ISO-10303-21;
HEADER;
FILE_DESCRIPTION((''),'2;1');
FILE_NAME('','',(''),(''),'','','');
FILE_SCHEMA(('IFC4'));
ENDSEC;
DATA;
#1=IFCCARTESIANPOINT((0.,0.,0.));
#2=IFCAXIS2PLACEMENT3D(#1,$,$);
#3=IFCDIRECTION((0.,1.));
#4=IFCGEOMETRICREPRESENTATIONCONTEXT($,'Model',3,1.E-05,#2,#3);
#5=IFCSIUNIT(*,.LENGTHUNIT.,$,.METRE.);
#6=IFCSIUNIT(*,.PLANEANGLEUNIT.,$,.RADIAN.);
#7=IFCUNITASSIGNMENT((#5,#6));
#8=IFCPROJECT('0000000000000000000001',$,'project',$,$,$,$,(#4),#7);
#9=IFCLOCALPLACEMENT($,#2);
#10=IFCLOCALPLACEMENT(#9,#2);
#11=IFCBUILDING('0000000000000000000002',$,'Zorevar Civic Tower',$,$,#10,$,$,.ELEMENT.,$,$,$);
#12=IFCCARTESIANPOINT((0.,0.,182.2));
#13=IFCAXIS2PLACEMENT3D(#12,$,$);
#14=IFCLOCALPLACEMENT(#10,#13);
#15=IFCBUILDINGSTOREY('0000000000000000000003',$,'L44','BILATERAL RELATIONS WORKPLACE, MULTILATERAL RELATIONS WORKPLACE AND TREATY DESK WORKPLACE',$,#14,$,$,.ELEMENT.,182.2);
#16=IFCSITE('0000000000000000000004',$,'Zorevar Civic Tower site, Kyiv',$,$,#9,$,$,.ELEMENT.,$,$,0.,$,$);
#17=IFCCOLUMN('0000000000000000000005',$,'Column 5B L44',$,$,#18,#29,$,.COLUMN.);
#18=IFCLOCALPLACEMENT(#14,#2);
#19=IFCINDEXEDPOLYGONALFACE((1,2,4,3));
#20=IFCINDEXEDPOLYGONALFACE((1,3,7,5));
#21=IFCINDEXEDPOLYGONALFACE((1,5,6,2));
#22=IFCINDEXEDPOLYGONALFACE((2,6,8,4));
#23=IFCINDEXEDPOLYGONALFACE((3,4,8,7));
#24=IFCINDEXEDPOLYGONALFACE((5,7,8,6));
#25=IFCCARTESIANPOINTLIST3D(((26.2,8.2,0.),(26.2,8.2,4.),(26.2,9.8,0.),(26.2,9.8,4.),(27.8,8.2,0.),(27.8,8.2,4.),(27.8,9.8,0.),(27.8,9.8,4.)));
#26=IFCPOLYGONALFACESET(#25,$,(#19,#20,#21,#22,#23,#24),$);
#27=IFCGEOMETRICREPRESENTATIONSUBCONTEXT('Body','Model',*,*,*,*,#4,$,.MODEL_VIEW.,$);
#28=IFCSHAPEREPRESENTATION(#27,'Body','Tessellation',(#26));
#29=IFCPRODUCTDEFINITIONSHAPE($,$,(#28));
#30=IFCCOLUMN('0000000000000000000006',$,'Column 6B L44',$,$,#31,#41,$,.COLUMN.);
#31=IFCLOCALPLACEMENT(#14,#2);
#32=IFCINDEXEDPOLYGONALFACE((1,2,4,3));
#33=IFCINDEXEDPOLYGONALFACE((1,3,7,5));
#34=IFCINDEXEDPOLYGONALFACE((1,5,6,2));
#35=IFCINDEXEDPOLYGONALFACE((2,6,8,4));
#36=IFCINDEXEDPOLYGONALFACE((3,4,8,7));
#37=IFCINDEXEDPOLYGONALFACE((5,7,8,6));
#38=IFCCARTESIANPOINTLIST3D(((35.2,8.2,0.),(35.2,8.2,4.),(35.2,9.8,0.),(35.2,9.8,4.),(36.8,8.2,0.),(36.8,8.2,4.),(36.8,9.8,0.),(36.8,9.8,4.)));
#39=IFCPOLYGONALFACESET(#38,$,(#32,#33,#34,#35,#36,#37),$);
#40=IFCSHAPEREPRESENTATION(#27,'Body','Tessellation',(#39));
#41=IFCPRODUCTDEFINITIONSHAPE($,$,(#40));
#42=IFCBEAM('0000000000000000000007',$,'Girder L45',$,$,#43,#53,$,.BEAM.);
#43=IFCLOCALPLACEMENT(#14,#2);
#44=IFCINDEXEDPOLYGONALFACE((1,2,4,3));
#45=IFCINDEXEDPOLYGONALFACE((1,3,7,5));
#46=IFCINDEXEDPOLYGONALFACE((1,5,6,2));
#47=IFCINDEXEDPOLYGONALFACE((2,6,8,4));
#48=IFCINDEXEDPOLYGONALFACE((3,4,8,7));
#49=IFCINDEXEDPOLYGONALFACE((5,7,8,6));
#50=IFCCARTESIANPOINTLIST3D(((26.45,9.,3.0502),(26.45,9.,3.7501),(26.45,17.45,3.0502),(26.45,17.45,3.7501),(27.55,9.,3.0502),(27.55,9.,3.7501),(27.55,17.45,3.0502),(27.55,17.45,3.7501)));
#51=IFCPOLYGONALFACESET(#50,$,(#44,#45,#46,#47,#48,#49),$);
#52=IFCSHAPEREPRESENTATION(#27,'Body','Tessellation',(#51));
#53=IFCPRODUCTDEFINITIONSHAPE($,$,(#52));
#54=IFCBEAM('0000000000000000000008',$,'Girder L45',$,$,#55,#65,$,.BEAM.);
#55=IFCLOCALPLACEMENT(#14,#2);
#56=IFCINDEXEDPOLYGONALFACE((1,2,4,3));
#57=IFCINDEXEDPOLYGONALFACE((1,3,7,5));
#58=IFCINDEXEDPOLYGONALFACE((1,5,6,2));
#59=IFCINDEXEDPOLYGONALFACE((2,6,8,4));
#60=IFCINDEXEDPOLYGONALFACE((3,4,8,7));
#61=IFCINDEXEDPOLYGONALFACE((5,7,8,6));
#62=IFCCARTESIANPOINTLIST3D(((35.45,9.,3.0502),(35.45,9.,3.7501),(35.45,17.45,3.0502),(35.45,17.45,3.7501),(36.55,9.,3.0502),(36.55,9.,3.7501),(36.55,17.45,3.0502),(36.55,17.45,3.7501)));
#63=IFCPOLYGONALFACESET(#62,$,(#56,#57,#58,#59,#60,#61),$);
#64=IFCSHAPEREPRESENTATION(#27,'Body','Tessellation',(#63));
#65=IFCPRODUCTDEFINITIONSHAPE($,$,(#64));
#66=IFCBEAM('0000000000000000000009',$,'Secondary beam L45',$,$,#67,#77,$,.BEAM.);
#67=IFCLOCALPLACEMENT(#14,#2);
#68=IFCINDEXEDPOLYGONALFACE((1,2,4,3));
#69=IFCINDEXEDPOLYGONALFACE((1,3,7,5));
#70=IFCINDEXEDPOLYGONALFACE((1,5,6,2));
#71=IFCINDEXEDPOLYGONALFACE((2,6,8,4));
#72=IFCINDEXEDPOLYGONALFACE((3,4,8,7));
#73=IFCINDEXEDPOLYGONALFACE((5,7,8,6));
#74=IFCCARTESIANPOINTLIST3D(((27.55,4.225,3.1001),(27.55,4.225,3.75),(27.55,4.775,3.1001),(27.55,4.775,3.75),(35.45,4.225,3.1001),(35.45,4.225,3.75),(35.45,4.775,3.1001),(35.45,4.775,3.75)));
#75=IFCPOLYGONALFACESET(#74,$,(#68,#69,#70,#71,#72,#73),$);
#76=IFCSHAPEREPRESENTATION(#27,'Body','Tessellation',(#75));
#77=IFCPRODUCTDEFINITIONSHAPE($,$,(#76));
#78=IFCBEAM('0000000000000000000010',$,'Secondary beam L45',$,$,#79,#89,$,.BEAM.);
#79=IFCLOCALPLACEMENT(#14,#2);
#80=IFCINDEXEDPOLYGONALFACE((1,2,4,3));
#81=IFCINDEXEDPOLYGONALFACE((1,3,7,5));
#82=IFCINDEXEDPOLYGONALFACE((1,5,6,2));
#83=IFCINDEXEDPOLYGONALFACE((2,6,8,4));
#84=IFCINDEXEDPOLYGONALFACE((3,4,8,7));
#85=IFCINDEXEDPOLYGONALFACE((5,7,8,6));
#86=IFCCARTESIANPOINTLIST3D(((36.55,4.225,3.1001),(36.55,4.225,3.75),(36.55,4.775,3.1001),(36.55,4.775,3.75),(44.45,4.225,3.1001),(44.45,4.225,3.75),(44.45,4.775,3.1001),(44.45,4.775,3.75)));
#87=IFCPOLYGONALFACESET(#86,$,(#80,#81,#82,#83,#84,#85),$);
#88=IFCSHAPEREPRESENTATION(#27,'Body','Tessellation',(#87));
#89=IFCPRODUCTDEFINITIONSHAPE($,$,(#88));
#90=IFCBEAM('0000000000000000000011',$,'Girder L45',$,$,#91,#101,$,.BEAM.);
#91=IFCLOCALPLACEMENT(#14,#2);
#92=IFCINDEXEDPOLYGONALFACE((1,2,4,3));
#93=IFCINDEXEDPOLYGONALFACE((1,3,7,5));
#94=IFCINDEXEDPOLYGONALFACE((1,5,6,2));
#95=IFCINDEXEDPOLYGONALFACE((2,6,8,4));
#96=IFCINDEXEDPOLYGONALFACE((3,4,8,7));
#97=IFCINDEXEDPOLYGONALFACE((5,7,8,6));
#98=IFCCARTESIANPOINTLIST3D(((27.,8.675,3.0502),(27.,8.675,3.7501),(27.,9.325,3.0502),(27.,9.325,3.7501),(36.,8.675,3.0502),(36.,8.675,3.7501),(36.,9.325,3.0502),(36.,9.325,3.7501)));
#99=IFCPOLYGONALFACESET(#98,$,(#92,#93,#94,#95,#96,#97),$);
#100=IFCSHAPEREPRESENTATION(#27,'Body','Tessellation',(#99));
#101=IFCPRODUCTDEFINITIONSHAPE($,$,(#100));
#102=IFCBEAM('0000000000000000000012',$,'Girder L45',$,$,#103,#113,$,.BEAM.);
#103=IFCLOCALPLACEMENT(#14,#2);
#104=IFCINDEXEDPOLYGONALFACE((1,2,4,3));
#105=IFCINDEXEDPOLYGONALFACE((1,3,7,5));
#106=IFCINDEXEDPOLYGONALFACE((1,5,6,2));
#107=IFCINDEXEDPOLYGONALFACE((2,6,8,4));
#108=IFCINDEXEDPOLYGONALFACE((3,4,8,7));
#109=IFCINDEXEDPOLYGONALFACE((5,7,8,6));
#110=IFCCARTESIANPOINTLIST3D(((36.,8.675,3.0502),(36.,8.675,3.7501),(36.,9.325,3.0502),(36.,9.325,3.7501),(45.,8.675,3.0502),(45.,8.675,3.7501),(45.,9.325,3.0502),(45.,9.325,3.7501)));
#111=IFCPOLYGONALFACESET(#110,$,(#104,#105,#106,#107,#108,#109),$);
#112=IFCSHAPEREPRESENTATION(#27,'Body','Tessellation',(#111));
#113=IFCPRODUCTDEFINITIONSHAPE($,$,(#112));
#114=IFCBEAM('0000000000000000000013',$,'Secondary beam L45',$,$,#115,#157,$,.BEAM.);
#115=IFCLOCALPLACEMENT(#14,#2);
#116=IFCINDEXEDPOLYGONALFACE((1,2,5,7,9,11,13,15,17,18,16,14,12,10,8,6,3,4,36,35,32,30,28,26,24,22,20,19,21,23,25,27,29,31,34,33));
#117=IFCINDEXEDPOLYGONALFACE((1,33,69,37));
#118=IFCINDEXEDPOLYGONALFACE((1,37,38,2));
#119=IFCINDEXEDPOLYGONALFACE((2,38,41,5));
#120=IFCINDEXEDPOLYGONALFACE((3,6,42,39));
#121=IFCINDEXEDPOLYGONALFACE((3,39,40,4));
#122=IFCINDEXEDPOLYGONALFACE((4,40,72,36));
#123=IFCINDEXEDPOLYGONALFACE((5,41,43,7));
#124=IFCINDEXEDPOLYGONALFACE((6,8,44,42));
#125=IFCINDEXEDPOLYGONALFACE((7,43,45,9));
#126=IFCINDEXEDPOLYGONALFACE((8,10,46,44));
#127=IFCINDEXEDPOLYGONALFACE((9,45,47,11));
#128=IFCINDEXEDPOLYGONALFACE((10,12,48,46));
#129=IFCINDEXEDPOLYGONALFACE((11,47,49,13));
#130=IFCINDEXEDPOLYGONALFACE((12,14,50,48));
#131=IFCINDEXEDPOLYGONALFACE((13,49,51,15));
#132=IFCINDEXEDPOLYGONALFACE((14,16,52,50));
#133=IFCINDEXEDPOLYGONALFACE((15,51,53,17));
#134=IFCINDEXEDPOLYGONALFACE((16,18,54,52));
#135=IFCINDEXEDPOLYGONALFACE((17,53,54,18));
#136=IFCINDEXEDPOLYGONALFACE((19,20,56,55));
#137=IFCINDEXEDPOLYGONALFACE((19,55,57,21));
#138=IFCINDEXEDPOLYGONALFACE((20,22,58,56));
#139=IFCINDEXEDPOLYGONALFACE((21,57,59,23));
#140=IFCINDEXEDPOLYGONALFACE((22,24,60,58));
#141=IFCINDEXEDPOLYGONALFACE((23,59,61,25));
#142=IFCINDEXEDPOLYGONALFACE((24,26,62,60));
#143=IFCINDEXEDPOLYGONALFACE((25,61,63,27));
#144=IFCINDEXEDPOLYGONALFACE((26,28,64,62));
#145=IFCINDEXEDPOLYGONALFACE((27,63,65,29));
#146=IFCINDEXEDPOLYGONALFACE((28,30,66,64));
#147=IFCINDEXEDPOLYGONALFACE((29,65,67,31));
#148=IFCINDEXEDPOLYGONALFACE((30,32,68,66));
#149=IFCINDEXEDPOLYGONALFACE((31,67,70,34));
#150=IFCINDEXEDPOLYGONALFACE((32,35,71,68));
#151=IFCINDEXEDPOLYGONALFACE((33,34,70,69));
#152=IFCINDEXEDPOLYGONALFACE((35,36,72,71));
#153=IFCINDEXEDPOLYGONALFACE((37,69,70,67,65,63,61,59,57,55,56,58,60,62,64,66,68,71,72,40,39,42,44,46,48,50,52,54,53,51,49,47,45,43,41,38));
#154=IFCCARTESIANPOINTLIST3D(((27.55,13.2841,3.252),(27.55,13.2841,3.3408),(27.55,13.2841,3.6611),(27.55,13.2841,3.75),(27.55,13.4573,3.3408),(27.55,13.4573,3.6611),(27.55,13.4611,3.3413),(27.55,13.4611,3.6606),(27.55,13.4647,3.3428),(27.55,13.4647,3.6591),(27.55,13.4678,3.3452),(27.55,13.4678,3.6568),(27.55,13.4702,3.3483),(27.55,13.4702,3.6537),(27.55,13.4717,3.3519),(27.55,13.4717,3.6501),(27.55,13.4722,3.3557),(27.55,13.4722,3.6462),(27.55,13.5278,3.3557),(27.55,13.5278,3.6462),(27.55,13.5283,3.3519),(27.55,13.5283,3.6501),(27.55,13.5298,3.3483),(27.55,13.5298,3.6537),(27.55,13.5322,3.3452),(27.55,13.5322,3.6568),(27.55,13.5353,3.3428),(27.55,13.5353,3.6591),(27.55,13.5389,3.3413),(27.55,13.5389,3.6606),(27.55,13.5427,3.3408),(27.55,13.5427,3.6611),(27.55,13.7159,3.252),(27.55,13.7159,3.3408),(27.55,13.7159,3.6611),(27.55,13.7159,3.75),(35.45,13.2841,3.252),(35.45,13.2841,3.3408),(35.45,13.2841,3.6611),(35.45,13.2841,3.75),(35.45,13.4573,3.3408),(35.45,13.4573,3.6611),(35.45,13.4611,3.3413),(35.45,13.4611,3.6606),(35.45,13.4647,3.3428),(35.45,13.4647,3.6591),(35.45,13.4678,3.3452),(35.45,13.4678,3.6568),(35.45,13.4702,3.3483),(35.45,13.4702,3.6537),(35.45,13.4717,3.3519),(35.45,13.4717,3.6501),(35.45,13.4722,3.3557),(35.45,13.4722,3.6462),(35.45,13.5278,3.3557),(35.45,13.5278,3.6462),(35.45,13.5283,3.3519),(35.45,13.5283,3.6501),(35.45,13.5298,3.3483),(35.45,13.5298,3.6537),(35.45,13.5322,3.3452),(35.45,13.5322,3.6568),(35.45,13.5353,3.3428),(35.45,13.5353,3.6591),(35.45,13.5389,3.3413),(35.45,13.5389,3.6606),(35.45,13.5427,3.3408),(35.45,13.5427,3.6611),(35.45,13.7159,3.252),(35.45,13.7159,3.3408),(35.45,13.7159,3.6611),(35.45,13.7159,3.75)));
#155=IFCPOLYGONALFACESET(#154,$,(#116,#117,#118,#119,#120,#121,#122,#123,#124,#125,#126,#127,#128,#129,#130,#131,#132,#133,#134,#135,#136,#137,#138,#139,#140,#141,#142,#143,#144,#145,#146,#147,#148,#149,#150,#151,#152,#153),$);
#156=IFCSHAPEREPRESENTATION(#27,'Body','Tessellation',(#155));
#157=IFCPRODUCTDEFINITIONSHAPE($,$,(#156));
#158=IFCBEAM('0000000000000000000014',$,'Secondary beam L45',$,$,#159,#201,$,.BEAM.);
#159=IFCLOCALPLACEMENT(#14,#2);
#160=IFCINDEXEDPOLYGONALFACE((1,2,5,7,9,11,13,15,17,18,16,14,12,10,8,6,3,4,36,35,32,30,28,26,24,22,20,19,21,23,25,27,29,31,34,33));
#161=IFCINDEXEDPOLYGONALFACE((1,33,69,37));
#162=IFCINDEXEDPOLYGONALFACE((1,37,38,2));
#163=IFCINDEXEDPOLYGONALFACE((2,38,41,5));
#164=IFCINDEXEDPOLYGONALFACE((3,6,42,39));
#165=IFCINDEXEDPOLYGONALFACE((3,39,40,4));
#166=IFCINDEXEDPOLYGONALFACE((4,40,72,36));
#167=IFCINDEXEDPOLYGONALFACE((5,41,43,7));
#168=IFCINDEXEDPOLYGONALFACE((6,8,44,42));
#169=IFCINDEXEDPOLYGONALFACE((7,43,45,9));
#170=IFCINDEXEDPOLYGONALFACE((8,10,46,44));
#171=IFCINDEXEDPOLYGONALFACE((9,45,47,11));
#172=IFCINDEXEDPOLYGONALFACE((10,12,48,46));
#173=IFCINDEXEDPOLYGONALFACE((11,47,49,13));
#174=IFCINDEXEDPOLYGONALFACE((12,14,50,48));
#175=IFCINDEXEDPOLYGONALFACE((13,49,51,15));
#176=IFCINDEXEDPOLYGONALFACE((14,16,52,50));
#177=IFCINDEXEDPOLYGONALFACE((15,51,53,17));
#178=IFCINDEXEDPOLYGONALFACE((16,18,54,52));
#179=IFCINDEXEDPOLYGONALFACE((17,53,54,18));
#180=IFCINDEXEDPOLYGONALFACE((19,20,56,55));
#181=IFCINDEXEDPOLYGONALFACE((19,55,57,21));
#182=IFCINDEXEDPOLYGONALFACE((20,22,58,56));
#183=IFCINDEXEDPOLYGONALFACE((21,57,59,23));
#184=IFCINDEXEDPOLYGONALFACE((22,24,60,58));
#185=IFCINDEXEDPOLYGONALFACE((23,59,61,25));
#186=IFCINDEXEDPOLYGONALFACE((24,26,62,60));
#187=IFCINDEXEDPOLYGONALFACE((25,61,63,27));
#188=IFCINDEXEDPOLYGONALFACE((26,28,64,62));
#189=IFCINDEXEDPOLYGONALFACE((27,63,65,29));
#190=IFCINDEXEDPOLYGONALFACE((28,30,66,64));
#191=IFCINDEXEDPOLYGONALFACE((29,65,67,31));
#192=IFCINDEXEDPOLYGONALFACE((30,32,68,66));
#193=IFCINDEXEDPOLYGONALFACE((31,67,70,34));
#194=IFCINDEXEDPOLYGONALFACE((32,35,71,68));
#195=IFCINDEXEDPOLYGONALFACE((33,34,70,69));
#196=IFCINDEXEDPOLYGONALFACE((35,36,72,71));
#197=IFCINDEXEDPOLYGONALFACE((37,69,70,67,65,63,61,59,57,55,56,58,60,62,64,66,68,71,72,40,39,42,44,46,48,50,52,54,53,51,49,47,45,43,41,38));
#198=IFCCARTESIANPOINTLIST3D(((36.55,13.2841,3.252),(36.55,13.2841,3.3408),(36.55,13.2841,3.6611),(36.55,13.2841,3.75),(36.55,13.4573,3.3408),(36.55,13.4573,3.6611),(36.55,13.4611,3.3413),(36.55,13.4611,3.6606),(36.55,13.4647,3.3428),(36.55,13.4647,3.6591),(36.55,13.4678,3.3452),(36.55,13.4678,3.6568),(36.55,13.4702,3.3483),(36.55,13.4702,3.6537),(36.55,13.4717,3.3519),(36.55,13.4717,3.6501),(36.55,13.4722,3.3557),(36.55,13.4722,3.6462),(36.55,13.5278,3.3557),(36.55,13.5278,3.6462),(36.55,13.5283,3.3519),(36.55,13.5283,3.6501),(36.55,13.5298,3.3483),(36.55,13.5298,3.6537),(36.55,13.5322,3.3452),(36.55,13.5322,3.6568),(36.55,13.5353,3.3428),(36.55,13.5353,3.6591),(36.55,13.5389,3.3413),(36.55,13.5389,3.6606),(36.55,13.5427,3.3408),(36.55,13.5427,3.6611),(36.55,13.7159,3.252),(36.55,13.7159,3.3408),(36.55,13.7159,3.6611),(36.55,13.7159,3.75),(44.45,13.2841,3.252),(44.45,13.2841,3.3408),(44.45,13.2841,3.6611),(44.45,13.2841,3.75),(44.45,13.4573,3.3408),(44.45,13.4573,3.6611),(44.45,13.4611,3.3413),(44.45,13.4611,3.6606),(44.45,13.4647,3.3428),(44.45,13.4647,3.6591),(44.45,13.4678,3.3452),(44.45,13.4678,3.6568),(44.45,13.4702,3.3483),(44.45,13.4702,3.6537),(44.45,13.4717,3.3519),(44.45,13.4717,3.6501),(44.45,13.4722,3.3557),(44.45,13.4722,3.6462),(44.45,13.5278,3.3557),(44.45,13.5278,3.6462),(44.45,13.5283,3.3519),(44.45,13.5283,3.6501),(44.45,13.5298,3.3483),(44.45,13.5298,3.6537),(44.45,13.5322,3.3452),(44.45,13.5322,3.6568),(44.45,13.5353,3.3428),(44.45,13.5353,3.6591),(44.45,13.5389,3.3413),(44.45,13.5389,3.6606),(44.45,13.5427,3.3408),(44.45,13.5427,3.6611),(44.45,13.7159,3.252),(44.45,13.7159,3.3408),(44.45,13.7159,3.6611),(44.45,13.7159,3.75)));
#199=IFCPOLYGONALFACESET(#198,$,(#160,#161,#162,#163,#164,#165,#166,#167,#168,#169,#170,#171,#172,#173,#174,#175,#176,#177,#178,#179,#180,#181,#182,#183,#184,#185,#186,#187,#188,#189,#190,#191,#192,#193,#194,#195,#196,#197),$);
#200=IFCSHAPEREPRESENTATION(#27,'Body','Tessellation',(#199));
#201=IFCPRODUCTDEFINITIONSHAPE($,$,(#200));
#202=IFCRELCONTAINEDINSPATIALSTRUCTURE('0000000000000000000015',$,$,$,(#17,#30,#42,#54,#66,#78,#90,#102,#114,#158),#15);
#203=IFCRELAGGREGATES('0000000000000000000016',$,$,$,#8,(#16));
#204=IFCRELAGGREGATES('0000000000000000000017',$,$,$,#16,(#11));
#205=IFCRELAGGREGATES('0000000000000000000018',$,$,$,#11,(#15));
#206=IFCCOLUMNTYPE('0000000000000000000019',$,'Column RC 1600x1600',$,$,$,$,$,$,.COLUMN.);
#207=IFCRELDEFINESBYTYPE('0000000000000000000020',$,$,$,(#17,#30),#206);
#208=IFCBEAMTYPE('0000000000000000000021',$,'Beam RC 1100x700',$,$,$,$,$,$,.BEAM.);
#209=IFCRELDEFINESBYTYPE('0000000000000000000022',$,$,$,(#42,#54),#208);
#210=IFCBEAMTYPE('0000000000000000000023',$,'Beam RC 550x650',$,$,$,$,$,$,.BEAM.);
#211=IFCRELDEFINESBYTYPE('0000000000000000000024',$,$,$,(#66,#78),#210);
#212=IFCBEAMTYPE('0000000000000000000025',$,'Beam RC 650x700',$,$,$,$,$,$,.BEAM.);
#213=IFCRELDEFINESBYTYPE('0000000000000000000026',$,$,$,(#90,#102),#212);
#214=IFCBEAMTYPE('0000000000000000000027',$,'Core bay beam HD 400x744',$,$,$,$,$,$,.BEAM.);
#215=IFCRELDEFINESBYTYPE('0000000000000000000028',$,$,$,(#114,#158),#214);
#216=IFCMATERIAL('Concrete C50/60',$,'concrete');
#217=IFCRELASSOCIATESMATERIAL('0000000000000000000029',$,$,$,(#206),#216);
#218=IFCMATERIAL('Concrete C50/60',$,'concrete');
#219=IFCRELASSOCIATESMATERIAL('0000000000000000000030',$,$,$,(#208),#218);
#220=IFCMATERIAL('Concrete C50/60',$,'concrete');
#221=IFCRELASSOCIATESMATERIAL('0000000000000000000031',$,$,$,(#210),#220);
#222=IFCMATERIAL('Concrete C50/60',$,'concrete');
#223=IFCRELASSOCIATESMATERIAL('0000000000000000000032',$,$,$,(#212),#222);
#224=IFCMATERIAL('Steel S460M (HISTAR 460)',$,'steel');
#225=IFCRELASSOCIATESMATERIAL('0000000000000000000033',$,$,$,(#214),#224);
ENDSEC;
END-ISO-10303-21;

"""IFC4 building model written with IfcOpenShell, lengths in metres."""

from ifc_helpers import new_model, si_unit, direction, frame, origin, origin_2d, place, context, subcontext, project, spatial, rectangle, i_section, extrude, material, material_profile, profile_set, type_object, element, save


model = new_model("IFC4")

# Units and contexts
model_context = context("Model", 3, precision=1e-05, world=origin(), true_north=direction((0.0, 1.0)))
body_context = subcontext(model_context, "Body", "Model", "MODEL_VIEW")
ifc_project = project(units=[si_unit("LENGTHUNIT", "METRE"), si_unit("PLANEANGLEUNIT", "RADIAN")], contexts=[model_context])

# Site, building, storey
site_placement = place(None, origin())
site = spatial("IfcSite", under=ifc_project, at=site_placement, Name="Zorevar Civic Tower site, Kyiv", CompositionType="ELEMENT", RefElevation=0.0)
building_placement = place(site_placement, origin())
building = spatial("IfcBuilding", under=site, at=building_placement, Name="Zorevar Civic Tower", CompositionType="ELEMENT")
storey_placement = place(building_placement, frame((0.0, 0.0, 182.2)))
storey = spatial("IfcBuildingStorey", under=building, at=storey_placement, Name="L44", Description="BILATERAL RELATIONS WORKPLACE, MULTILATERAL RELATIONS WORKPLACE AND TREATY DESK WORKPLACE", CompositionType="ELEMENT", Elevation=182.2)

# Columns
ifc_material_1 = material(Name="Concrete C50/60", Category="concrete")
ifc_material_profile_1 = material_profile(ifc_material_1, rectangle(XDim=1.6001, YDim=1.6001, at=origin_2d()), Name="RC 1600x1600")
ifc_profile_set_1 = profile_set([ifc_material_profile_1], Name="Concrete C50/60")
column_type = type_object("IfcColumnType", Name="Column RC 1600x1600", PredefinedType="COLUMN", material=ifc_profile_set_1)
for number, where, z_axis, x_axis, name in (
    (1, (27.0, 9.0, 0.0), (0.0, 0.0, 1.0), (1.0, 0.0, 0.0), "Column 5B L44"),
    (2, (36.0, 9.0, 0.0), (0.0, 0.0, 1.0), (1.0, 0.0, 0.0), "Column 6B L44"),
):
    element("IfcColumn", number, at=place(storey_placement, frame(where, z_axis=z_axis, x_axis=x_axis)), inside=storey, type_object=column_type, Name=name, PredefinedType="COLUMN", context=body_context, shape_type="SweptSolid", body=[
        extrude(rectangle(XDim=1.6001, YDim=1.6001, at=origin_2d()), origin(), (0.0, 0.0, 1.0), 4.0),
    ])

# Beams
ifc_material_2 = material(Name="Concrete C50/60", Category="concrete")
ifc_material_profile_2 = material_profile(ifc_material_2, rectangle(XDim=1.1001, YDim=0.7, at=origin_2d()), Name="RC 1100x700")
ifc_profile_set_2 = profile_set([ifc_material_profile_2], Name="Concrete C50/60")
beam_type_1 = type_object("IfcBeamType", Name="Beam RC 1100x700", PredefinedType="BEAM", material=ifc_profile_set_2)
for number, where, z_axis, x_axis, name in (
    (3, (27.0, 9.0, 3.4001), (0.0, 1.0, 0.0), (-1.0, 0.0, 0.0), "Girder L45"),
    (4, (36.0, 9.0, 3.4001), (0.0, 1.0, 0.0), (-1.0, 0.0, 0.0), "Girder L45"),
):
    element("IfcBeam", number, at=place(storey_placement, frame(where, z_axis=z_axis, x_axis=x_axis)), inside=storey, type_object=beam_type_1, Name=name, PredefinedType="BEAM", context=body_context, shape_type="SweptSolid", body=[
        extrude(rectangle(XDim=1.1001, YDim=0.7, at=origin_2d()), origin(), (0.0, 0.0, 1.0), 8.45),
    ])
ifc_material_3 = material(Name="Concrete C50/60", Category="concrete")
ifc_material_profile_3 = material_profile(ifc_material_3, rectangle(XDim=0.55, YDim=0.6499, at=origin_2d()), Name="RC 550x650")
ifc_profile_set_3 = profile_set([ifc_material_profile_3], Name="Concrete C50/60")
beam_type_2 = type_object("IfcBeamType", Name="Beam RC 550x650", PredefinedType="BEAM", material=ifc_profile_set_3)
for number, where, z_axis, x_axis, name in (
    (5, (27.55, 4.5, 3.425), (1.0, 0.0, 0.0), (0.0, 1.0, 0.0), "Secondary beam L45"),
    (6, (36.55, 4.5, 3.425), (1.0, 0.0, 0.0), (0.0, 1.0, 0.0), "Secondary beam L45"),
):
    element("IfcBeam", number, at=place(storey_placement, frame(where, z_axis=z_axis, x_axis=x_axis)), inside=storey, type_object=beam_type_2, Name=name, PredefinedType="BEAM", context=body_context, shape_type="SweptSolid", body=[
        extrude(rectangle(XDim=0.55, YDim=0.6499, at=origin_2d()), origin(), (0.0, 0.0, 1.0), 7.8999),
    ])
ifc_material_4 = material(Name="Concrete C50/60", Category="concrete")
ifc_material_profile_4 = material_profile(ifc_material_4, rectangle(XDim=0.6499, YDim=0.7, at=origin_2d()), Name="RC 650x700")
ifc_profile_set_4 = profile_set([ifc_material_profile_4], Name="Concrete C50/60")
beam_type_3 = type_object("IfcBeamType", Name="Beam RC 650x700", PredefinedType="BEAM", material=ifc_profile_set_4)
for number, where, z_axis, x_axis, name in (
    (7, (27.0, 9.0, 3.4001), (1.0, 0.0, 0.0), (0.0, 1.0, 0.0), "Girder L45"),
    (8, (36.0, 9.0, 3.4001), (1.0, 0.0, 0.0), (0.0, 1.0, 0.0), "Girder L45"),
):
    element("IfcBeam", number, at=place(storey_placement, frame(where, z_axis=z_axis, x_axis=x_axis)), inside=storey, type_object=beam_type_3, Name=name, PredefinedType="BEAM", context=body_context, shape_type="SweptSolid", body=[
        extrude(rectangle(XDim=0.6499, YDim=0.7, at=origin_2d()), origin(), (0.0, 0.0, 1.0), 9.0),
    ])
ifc_material_5 = material(Name="Steel S460M (HISTAR 460)", Category="steel")
ifc_material_profile_5 = material_profile(ifc_material_5, i_section(OverallWidth=0.4319, OverallDepth=0.498, WebThickness=0.0557, FlangeThickness=0.0889, FilletRadius=0.0149, at=origin_2d()), Name="HD 400x744")
ifc_profile_set_5 = profile_set([ifc_material_profile_5], Name="Steel S460M (HISTAR 460)")
beam_type_4 = type_object("IfcBeamType", Name="Core bay beam HD 400x744", PredefinedType="BEAM", material=ifc_profile_set_5)
for number, where, z_axis, x_axis, name in (
    (9, (27.55, 13.5, 3.501), (1.0, 0.0, 0.0), (0.0, 1.0, 0.0), "Secondary beam L45"),
    (10, (36.55, 13.5, 3.501), (1.0, 0.0, 0.0), (0.0, 1.0, 0.0), "Secondary beam L45"),
):
    element("IfcBeam", number, at=place(storey_placement, frame(where, z_axis=z_axis, x_axis=x_axis)), inside=storey, type_object=beam_type_4, Name=name, PredefinedType="BEAM", context=body_context, shape_type="SweptSolid", body=[
        extrude(i_section(OverallWidth=0.4319, OverallDepth=0.498, WebThickness=0.0557, FlangeThickness=0.0889, FilletRadius=0.0149, at=origin_2d()), origin(), (0.0, 0.0, 1.0), 7.8999),
    ])

save(model, "model.ifc")
